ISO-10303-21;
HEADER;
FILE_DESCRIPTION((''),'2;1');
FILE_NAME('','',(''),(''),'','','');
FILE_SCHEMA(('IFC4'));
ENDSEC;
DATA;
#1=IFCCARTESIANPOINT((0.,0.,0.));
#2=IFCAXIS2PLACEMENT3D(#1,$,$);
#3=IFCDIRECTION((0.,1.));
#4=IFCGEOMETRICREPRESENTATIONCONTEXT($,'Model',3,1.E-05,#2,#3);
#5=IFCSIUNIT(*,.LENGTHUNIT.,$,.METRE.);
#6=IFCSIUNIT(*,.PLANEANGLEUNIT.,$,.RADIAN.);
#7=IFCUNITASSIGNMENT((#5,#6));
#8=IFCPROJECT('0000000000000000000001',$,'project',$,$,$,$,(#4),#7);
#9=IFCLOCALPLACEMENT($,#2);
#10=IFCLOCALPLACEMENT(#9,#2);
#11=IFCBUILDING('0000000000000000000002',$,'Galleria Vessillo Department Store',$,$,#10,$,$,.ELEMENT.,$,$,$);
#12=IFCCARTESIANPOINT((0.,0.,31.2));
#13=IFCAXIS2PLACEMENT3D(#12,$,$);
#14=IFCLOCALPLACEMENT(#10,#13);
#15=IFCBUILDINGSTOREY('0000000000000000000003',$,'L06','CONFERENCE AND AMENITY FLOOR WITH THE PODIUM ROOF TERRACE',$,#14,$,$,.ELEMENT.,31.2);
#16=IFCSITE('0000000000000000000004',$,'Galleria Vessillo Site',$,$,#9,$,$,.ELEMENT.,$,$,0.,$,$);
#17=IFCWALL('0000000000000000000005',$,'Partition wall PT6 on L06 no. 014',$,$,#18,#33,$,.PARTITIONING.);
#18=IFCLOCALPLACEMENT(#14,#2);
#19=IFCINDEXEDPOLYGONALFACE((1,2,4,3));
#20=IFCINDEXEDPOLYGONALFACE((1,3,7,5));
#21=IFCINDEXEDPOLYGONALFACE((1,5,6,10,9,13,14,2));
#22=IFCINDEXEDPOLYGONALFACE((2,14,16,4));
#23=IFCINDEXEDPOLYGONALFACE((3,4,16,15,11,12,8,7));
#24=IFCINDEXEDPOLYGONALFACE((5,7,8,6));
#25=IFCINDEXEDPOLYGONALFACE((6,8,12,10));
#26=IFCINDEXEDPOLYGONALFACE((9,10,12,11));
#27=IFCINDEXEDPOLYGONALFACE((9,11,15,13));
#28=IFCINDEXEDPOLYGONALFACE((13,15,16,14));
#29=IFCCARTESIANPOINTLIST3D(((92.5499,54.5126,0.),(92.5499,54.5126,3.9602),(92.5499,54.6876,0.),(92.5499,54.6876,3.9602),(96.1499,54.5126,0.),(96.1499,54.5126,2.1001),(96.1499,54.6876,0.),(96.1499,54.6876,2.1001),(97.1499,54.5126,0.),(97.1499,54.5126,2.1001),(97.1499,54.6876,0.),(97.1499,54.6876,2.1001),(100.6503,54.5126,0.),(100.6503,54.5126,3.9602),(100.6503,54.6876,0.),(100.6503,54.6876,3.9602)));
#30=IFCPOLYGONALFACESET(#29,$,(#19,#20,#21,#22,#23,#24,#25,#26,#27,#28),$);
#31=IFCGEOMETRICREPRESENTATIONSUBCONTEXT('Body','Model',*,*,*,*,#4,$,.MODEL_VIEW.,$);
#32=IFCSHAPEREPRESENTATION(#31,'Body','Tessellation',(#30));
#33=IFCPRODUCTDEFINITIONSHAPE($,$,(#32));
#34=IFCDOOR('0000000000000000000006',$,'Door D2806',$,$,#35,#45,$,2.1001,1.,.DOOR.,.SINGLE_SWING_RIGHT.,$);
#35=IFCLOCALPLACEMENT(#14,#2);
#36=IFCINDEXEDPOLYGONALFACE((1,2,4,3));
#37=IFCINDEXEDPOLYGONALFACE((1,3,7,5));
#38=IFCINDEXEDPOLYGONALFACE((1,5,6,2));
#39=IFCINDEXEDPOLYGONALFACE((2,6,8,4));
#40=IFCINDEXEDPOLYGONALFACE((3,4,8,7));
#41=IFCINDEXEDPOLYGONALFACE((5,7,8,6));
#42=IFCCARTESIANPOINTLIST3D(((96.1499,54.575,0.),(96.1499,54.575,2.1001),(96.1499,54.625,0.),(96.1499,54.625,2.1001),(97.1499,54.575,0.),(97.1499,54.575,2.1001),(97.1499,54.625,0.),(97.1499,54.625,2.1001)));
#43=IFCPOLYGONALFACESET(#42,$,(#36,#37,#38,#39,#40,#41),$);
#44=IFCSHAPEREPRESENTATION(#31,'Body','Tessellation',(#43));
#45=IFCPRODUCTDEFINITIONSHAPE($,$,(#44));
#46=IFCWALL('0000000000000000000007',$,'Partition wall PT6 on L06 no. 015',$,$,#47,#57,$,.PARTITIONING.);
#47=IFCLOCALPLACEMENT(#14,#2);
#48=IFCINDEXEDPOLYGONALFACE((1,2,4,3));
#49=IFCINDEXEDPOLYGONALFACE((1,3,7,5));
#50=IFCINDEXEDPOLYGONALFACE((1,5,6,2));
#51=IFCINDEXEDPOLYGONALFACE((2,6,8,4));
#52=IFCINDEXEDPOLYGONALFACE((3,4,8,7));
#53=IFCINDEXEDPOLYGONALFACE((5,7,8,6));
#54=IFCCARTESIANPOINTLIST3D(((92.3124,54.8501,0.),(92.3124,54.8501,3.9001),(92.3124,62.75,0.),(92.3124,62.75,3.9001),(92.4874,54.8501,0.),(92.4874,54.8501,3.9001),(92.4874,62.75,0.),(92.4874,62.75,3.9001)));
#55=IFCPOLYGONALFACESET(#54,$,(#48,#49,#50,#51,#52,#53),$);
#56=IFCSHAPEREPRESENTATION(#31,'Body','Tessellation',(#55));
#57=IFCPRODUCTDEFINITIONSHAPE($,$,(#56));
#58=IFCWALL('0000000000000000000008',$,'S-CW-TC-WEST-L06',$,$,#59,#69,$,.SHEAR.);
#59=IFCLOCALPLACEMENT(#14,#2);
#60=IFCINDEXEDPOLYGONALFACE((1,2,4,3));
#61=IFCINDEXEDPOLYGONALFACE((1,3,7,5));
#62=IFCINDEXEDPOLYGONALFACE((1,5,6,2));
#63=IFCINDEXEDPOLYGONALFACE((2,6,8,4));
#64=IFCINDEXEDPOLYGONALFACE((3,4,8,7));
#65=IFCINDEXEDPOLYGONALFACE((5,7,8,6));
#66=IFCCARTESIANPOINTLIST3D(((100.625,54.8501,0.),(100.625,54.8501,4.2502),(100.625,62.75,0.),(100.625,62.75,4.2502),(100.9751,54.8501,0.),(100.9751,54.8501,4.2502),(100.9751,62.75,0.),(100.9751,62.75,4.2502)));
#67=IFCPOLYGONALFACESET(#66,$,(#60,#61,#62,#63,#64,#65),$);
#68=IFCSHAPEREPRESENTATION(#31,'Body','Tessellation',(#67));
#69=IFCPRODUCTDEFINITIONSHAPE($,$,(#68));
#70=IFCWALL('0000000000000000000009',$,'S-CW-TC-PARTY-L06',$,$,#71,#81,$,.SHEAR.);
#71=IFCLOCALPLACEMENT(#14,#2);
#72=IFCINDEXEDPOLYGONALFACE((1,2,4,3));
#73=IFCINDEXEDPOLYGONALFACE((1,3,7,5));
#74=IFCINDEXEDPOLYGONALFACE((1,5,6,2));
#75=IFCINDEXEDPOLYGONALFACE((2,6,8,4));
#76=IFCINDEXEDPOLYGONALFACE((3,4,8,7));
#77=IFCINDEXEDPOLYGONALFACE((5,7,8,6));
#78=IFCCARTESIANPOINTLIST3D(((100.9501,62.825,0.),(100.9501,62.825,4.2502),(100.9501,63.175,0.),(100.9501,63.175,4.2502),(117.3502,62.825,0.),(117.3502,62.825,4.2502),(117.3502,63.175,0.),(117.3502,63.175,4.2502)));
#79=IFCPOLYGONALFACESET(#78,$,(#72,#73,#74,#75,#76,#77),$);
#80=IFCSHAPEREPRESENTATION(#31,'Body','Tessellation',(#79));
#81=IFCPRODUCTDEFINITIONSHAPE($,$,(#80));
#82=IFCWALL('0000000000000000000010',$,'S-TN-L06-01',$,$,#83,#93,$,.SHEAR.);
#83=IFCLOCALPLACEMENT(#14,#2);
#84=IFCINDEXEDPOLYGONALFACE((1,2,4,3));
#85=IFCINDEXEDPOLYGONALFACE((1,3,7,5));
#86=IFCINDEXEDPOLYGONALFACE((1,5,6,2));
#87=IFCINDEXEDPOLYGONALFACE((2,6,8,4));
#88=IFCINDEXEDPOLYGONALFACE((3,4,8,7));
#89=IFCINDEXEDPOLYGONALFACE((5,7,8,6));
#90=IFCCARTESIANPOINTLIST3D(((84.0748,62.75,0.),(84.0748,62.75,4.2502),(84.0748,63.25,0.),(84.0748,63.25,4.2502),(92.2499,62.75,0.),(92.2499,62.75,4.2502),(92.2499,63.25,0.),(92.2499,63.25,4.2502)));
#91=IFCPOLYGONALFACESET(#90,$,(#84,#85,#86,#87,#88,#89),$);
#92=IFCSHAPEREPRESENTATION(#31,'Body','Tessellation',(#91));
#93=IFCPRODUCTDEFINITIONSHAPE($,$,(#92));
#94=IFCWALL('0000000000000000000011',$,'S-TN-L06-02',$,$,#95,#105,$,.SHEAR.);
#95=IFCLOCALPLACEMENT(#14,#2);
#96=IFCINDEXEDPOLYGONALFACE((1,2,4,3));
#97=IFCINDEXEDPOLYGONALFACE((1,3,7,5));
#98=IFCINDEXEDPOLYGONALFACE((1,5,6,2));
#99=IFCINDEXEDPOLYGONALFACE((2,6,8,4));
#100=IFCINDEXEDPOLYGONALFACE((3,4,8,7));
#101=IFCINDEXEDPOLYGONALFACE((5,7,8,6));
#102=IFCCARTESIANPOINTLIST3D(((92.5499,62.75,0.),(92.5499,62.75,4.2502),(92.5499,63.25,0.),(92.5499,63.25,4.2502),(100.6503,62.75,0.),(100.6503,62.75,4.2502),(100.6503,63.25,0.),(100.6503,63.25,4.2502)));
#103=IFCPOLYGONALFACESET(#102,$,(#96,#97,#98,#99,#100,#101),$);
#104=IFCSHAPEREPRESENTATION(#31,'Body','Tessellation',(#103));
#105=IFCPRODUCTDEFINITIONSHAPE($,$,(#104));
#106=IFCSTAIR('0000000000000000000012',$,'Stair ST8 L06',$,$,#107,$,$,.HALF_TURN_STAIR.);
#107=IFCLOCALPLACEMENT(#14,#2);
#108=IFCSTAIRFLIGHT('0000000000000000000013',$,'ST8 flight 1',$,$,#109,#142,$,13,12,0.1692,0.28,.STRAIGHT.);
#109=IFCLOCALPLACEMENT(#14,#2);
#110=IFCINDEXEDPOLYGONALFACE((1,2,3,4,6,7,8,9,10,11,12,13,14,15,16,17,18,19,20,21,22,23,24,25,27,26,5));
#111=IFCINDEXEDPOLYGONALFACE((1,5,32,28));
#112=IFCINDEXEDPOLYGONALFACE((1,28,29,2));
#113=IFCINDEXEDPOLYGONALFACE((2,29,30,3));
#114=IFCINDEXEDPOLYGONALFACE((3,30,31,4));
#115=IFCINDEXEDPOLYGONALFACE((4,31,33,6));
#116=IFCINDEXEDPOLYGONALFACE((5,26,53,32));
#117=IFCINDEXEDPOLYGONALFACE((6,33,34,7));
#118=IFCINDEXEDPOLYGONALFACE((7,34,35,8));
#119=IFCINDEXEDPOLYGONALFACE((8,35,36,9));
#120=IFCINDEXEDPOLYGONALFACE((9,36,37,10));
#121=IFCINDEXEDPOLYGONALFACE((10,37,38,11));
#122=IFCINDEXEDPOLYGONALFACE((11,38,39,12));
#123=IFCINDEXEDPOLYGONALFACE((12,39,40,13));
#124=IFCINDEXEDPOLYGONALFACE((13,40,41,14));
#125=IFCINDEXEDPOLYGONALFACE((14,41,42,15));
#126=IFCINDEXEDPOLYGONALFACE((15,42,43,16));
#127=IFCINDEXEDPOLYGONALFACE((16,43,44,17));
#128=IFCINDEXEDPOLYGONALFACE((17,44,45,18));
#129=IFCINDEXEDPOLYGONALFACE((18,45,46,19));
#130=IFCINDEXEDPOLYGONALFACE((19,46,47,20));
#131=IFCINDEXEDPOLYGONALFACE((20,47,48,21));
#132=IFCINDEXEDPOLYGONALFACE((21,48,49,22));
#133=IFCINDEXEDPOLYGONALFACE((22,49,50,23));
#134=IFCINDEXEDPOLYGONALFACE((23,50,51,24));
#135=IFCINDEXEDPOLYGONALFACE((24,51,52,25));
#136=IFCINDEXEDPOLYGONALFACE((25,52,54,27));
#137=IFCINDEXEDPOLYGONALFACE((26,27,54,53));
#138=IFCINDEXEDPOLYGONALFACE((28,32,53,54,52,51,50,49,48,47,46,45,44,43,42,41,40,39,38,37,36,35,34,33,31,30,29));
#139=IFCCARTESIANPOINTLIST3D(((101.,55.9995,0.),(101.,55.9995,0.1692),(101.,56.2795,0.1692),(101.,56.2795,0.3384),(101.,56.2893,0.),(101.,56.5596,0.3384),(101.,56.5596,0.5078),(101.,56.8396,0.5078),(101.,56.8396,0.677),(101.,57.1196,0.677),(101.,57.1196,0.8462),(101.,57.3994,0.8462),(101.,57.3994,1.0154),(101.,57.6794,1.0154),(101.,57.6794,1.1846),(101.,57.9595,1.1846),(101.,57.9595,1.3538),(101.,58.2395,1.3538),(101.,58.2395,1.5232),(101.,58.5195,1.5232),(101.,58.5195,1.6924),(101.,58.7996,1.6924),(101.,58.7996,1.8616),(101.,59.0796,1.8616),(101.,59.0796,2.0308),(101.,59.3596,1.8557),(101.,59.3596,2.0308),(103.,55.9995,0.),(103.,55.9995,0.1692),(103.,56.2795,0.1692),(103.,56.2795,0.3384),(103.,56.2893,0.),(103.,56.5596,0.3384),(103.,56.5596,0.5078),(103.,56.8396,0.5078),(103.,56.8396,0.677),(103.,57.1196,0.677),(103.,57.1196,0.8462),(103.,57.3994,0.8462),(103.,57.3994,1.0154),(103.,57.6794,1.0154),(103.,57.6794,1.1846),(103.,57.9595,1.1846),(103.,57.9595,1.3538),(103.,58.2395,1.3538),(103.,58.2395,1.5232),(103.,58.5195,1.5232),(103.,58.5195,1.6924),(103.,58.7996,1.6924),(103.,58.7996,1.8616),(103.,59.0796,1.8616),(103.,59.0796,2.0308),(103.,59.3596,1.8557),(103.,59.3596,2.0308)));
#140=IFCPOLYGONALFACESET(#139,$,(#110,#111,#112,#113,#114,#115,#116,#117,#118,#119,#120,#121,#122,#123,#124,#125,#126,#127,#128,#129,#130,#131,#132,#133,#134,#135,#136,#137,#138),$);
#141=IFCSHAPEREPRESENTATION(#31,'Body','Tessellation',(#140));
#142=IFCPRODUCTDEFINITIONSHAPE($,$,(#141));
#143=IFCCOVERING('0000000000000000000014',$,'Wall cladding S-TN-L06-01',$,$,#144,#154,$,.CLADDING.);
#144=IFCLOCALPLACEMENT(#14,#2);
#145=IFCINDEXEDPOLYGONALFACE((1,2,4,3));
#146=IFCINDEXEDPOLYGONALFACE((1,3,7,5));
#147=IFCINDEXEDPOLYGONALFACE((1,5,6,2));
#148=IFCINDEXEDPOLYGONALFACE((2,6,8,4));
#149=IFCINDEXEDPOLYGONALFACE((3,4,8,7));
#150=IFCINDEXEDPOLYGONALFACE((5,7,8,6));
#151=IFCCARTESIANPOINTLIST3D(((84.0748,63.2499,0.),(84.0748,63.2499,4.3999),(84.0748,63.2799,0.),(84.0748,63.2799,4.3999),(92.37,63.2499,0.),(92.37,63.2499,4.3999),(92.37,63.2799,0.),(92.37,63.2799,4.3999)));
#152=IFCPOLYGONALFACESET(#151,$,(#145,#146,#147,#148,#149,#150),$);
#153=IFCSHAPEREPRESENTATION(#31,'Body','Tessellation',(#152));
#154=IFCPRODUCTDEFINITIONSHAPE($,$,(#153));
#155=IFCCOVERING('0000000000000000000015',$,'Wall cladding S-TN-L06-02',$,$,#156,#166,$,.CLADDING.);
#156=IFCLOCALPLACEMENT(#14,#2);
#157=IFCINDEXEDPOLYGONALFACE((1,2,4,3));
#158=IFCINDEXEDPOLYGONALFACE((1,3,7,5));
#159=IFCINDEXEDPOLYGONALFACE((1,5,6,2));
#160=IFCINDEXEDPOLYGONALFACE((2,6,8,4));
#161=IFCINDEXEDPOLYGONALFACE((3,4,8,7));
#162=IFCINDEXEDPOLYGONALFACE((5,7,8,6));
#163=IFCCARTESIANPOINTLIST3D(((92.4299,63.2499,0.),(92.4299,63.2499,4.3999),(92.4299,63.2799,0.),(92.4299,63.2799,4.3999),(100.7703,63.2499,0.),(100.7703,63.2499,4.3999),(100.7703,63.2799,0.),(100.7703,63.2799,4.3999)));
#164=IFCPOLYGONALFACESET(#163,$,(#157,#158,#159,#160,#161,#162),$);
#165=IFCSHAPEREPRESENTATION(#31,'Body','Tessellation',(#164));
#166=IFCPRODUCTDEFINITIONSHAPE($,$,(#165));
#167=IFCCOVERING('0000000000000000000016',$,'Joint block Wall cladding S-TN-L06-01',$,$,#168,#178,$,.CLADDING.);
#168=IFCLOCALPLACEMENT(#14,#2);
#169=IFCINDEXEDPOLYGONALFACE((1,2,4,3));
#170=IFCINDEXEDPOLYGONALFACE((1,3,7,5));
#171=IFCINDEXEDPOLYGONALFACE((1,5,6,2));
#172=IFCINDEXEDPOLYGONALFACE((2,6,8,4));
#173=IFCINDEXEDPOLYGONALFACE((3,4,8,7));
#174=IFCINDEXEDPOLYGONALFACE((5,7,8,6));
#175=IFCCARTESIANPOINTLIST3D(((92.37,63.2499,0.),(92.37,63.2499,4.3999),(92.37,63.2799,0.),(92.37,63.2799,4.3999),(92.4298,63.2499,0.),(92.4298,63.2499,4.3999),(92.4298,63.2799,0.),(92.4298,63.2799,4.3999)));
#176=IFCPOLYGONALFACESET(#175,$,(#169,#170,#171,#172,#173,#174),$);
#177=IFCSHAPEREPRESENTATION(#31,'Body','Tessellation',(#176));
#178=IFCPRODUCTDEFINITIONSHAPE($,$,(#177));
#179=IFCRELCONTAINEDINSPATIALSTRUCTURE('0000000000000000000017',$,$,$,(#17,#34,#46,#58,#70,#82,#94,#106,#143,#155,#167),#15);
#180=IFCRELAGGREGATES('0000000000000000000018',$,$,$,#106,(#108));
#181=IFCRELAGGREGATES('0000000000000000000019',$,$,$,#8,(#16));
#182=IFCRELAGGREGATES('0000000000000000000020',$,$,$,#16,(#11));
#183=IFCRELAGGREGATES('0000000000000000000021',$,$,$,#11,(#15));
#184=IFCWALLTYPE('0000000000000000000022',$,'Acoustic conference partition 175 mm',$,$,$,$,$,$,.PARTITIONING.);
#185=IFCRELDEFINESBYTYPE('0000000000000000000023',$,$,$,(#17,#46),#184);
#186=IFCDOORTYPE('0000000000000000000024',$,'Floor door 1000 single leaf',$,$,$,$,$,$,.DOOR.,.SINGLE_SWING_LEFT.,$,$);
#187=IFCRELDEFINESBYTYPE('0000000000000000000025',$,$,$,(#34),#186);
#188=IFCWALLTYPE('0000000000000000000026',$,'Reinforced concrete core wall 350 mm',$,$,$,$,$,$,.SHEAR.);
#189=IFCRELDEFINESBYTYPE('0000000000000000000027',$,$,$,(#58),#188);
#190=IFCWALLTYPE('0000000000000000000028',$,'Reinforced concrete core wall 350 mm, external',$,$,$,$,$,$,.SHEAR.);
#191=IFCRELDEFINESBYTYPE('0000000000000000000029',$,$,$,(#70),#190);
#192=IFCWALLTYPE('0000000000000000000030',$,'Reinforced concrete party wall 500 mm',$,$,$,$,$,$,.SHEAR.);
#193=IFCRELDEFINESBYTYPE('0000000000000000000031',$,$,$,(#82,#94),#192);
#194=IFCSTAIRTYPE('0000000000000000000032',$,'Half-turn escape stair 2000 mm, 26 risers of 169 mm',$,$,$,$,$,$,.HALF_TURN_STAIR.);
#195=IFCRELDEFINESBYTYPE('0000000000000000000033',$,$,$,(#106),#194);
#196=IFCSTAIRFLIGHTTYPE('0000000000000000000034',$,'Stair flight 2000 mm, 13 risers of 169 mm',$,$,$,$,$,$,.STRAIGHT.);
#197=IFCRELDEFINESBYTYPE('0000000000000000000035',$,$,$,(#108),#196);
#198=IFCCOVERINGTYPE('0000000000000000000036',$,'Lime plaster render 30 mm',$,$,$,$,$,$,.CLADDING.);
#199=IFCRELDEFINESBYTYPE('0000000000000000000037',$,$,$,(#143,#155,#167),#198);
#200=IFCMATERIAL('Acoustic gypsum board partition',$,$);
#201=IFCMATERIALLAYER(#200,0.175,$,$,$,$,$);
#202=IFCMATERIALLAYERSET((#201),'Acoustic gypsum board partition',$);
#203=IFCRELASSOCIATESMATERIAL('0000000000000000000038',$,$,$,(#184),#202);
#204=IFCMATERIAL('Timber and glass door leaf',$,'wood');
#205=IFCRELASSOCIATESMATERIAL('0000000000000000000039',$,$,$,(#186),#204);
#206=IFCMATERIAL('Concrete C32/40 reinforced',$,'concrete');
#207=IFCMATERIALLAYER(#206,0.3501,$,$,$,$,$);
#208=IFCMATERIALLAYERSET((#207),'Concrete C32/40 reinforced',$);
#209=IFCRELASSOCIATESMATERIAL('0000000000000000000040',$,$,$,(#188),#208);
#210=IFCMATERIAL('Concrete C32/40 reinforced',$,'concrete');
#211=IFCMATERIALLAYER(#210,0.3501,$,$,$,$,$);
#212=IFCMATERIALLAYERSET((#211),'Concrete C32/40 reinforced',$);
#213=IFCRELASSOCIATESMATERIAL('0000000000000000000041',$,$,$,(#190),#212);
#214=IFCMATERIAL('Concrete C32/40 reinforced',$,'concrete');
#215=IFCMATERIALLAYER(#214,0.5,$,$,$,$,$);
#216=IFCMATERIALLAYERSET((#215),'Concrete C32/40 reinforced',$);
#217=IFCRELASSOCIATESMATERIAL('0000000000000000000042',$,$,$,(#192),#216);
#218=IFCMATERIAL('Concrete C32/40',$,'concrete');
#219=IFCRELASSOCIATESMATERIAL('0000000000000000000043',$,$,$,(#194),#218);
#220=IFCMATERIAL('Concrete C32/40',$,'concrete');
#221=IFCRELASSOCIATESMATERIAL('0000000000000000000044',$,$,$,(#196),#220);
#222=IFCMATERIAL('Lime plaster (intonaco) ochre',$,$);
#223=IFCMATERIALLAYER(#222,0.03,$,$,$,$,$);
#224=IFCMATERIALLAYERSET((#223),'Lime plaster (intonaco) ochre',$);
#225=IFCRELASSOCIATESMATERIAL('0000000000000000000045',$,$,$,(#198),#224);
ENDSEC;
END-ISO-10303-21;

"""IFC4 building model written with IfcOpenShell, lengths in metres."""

from ifc_helpers import new_model, si_unit, direction, frame, frame_2d, origin, origin_2d, place, context, subcontext, project, spatial, polyline, rectangle, outline, extrude, material, layer, layer_set, type_object, element, fill, aggregate, save


model = new_model("IFC4")

# Units and contexts
model_context = context("Model", 3, precision=1e-05, world=origin(), true_north=direction((0.0, 1.0)))
body_context = subcontext(model_context, "Body", "Model", "MODEL_VIEW")
ifc_project = project(units=[si_unit("LENGTHUNIT", "METRE"), si_unit("PLANEANGLEUNIT", "RADIAN")], contexts=[model_context])

# Site, building, storey
site_placement = place(None, origin())
site = spatial("IfcSite", under=ifc_project, at=site_placement, Name="Galleria Vessillo Site", CompositionType="ELEMENT", RefElevation=0.0)
building_placement = place(site_placement, origin())
building = spatial("IfcBuilding", under=site, at=building_placement, Name="Galleria Vessillo Department Store", CompositionType="ELEMENT")
storey_placement = place(building_placement, frame((0.0, 0.0, 31.2)))
storey = spatial("IfcBuildingStorey", under=building, at=storey_placement, Name="L06", Description="CONFERENCE AND AMENITY FLOOR WITH THE PODIUM ROOF TERRACE", CompositionType="ELEMENT", Elevation=31.2)

# Wall, opening, door
ifc_material_1 = material(Name="Acoustic gypsum board partition")
ifc_layer_1 = layer(ifc_material_1, 0.175)
ifc_layer_set_1 = layer_set([ifc_layer_1], Name="Acoustic gypsum board partition")
wall_type_1 = type_object("IfcWallType", Name="Acoustic conference partition 175 mm", PredefinedType="PARTITIONING", material=ifc_layer_set_1)
ifc_material_2 = material(Name="Timber and glass door leaf", Category="wood")
door_type_1 = type_object("IfcDoorType", Name="Floor door 1000 single leaf", OperationType="SINGLE_SWING_LEFT", PredefinedType="DOOR", material=ifc_material_2)
wall_1_placement = place(storey_placement, frame((92.5498, 54.6001, 0.0), z_axis=(0.0, 0.0, 1.0), x_axis=(1.0, 0.0, 0.0)))
wall_1 = element("IfcWall", 1, at=wall_1_placement, inside=storey, type_object=wall_type_1, Name="Partition wall PT6 on L06 no. 014", PredefinedType="PARTITIONING", context=body_context, shape_type="SweptSolid", body=[
    extrude(rectangle(XDim=8.1003, YDim=0.175, at=frame_2d((4.0503, 0.0))), origin(), (0.0, 0.0, 1.0), 3.9602),
])
opening_1_placement = place(wall_1_placement, frame((3.6001, 0.0, 0.0)))
opening_1 = element("IfcOpeningElement", 2, at=opening_1_placement, cuts=wall_1, PredefinedType="OPENING", context=body_context, shape_type="SweptSolid", body=[
    extrude(rectangle(XDim=1.0, YDim=2.1001, at=frame_2d((0.5, 1.05))), frame((0.0, 0.0977, 0.0), z_axis=(0.0, -1.0, 0.0), x_axis=(1.0, 0.0, 0.0)), (0.0, 0.0, 1.0), 0.1951),
])
door_1_placement = place(opening_1_placement, origin())
door_1 = element("IfcDoor", 3, at=door_1_placement, inside=storey, type_object=door_type_1, Name="Door D2806", OperationType="SINGLE_SWING_RIGHT", OverallHeight=2.1001, OverallWidth=1.0, PredefinedType="DOOR", context=body_context, shape_type="SweptSolid", body=[
    extrude(rectangle(XDim=1.0, YDim=2.1001, at=frame_2d((0.5, 1.05))), frame((0.0, 0.0249, 0.0), z_axis=(0.0, -1.0, 0.0), x_axis=(1.0, 0.0, 0.0)), (0.0, 0.0, 1.0), 0.05),
])
fill(opening_1, door_1)

# Wall
wall_2_placement = place(storey_placement, frame((92.3999, 54.8501, 0.0), z_axis=(0.0, 0.0, 1.0), x_axis=(0.0, 1.0, 0.0)))
element("IfcWall", 4, at=wall_2_placement, inside=storey, type_object=wall_type_1, Name="Partition wall PT6 on L06 no. 015", PredefinedType="PARTITIONING", context=body_context, shape_type="SweptSolid", body=[
    extrude(rectangle(XDim=7.8999, YDim=0.175, at=frame_2d((3.95, 0.0))), origin(), (0.0, 0.0, 1.0), 3.9001),
])

# Shared definitions
ifc_material_3 = material(Name="Concrete C32/40 reinforced", Category="concrete")
ifc_layer_2 = layer(ifc_material_3, 0.3501)
ifc_layer_set_2 = layer_set([ifc_layer_2], Name="Concrete C32/40 reinforced")
wall_type_2 = type_object("IfcWallType", Name="Reinforced concrete core wall 350 mm", PredefinedType="SHEAR", material=ifc_layer_set_2)

# Walls
wall_3_placement = place(storey_placement, frame((100.8, 54.8501, 0.0), z_axis=(0.0, 0.0, 1.0), x_axis=(0.0, 1.0, 0.0)))
element("IfcWall", 5, at=wall_3_placement, inside=storey, type_object=wall_type_2, Name="S-CW-TC-WEST-L06", PredefinedType="SHEAR", context=body_context, shape_type="SweptSolid", body=[
    extrude(rectangle(XDim=7.8999, YDim=0.3501, at=frame_2d((3.95, 0.0))), origin(), (0.0, 0.0, 1.0), 4.2502),
])
ifc_material_4 = material(Name="Concrete C32/40 reinforced", Category="concrete")
ifc_layer_3 = layer(ifc_material_4, 0.3501)
ifc_layer_set_3 = layer_set([ifc_layer_3], Name="Concrete C32/40 reinforced")
wall_type_3 = type_object("IfcWallType", Name="Reinforced concrete core wall 350 mm, external", PredefinedType="SHEAR", material=ifc_layer_set_3)
wall_4_placement = place(storey_placement, frame((100.95, 63.0, 0.0), z_axis=(0.0, 0.0, 1.0), x_axis=(1.0, 0.0, 0.0)))
element("IfcWall", 6, at=wall_4_placement, inside=storey, type_object=wall_type_3, Name="S-CW-TC-PARTY-L06", PredefinedType="SHEAR", context=body_context, shape_type="SweptSolid", body=[
    extrude(rectangle(XDim=16.4001, YDim=0.3501, at=frame_2d((8.2002, 0.0))), origin(), (0.0, 0.0, 1.0), 4.2502),
])
ifc_material_5 = material(Name="Concrete C32/40 reinforced", Category="concrete")
ifc_layer_4 = layer(ifc_material_5, 0.5)
ifc_layer_set_4 = layer_set([ifc_layer_4], Name="Concrete C32/40 reinforced")
wall_type_4 = type_object("IfcWallType", Name="Reinforced concrete party wall 500 mm", PredefinedType="SHEAR", material=ifc_layer_set_4)
wall_5_placement = place(storey_placement, frame((84.075, 63.0, 0.0), z_axis=(0.0, 0.0, 1.0), x_axis=(1.0, 0.0, 0.0)))
element("IfcWall", 7, at=wall_5_placement, inside=storey, type_object=wall_type_4, Name="S-TN-L06-01", PredefinedType="SHEAR", context=body_context, shape_type="SweptSolid", body=[
    extrude(rectangle(XDim=8.175, YDim=0.5, at=frame_2d((4.0874, 0.0))), origin(), (0.0, 0.0, 1.0), 4.2502),
])
wall_6_placement = place(storey_placement, frame((92.5498, 63.0, 0.0), z_axis=(0.0, 0.0, 1.0), x_axis=(1.0, 0.0, 0.0)))
element("IfcWall", 8, at=wall_6_placement, inside=storey, type_object=wall_type_4, Name="S-TN-L06-02", PredefinedType="SHEAR", context=body_context, shape_type="SweptSolid", body=[
    extrude(rectangle(XDim=8.1003, YDim=0.5, at=frame_2d((4.0503, 0.0))), origin(), (0.0, 0.0, 1.0), 4.2502),
])

# Stair, stair flight
ifc_material_6 = material(Name="Concrete C32/40", Category="concrete")
stair_type = type_object("IfcStairType", Name="Half-turn escape stair 2000 mm, 26 risers of 169 mm", PredefinedType="HALF_TURN_STAIR", material=ifc_material_6)
stair_placement = place(storey_placement, origin())
stair = element("IfcStair", 9, at=stair_placement, inside=storey, type_object=stair_type, Name="Stair ST8 L06", PredefinedType="HALF_TURN_STAIR")
ifc_material_7 = material(Name="Concrete C32/40", Category="concrete")
stair_flight_type = type_object("IfcStairFlightType", Name="Stair flight 2000 mm, 13 risers of 169 mm", PredefinedType="STRAIGHT", material=ifc_material_7)
stair_flight_placement = place(storey_placement, frame((102.0, 55.9995, 0.0), z_axis=(0.0, 0.0, 1.0), x_axis=(0.0, 1.0, 0.0)))
stair_flight = element("IfcStairFlight", 10, at=stair_flight_placement, type_object=stair_flight_type, Name="ST8 flight 1", NumberOfRisers=13, NumberOfTreads=12, PredefinedType="STRAIGHT", RiserHeight=0.1692, TreadLength=0.28, context=body_context, shape_type="SweptSolid", body=[
    extrude(outline(polyline([(0.0, 0.0), (0.0, 0.1692), (0.28, 0.1692), (0.28, 0.3384), (0.5601, 0.3384), (0.5601, 0.5078), (0.8401, 0.5078), (0.8401, 0.677), (1.1201, 0.677), (1.1201, 0.8462), (1.3999, 0.8462), (1.3999, 1.0154), (1.6799, 1.0154), (1.6799, 1.1846), (1.96, 1.1846), (1.96, 1.3538), (2.24, 1.3538), (2.24, 1.5232), (2.52, 1.5232), (2.52, 1.6924), (2.8, 1.6924), (2.8, 1.8616), (3.0801, 1.8616), (3.0801, 2.0308), (3.3601, 2.0308), (3.3601, 2.2), (3.3601, 1.8557), (0.2898, 0.0), (0.0, 0.0)])), frame((0.0, 1.0, 0.0), z_axis=(0.0, -1.0, 0.0), x_axis=(1.0, 0.0, 0.0)), (0.0, 0.0, 1.0), 2.0),
])
aggregate(stair, [stair_flight])

# Coverings
ifc_material_8 = material(Name="Lime plaster (intonaco) ochre")
ifc_layer_5 = layer(ifc_material_8, 0.03)
ifc_layer_set_5 = layer_set([ifc_layer_5], Name="Lime plaster (intonaco) ochre")
covering_type = type_object("IfcCoveringType", Name="Lime plaster render 30 mm", PredefinedType="CLADDING", material=ifc_layer_set_5)
covering_1_placement = place(storey_placement, frame((88.2224, 63.2649, 0.0), z_axis=(0.0, 0.0, 1.0), x_axis=(1.0, 0.0, 0.0)))
element("IfcCovering", 11, at=covering_1_placement, inside=storey, type_object=covering_type, Name="Wall cladding S-TN-L06-01", PredefinedType="CLADDING", context=body_context, shape_type="SweptSolid", body=[
    extrude(rectangle(XDim=8.2952, YDim=0.03, at=origin_2d()), origin(), (0.0, 0.0, 1.0), 4.3999),
])
covering_2_placement = place(storey_placement, frame((96.6001, 63.2649, 0.0), z_axis=(0.0, 0.0, 1.0), x_axis=(1.0, 0.0, 0.0)))
element("IfcCovering", 12, at=covering_2_placement, inside=storey, type_object=covering_type, Name="Wall cladding S-TN-L06-02", PredefinedType="CLADDING", context=body_context, shape_type="SweptSolid", body=[
    extrude(rectangle(XDim=8.3403, YDim=0.03, at=origin_2d()), origin(), (0.0, 0.0, 1.0), 4.3999),
])
covering_3_placement = place(storey_placement, frame((92.3999, 63.2649, 0.0), z_axis=(0.0, 0.0, 1.0), x_axis=(1.0, 0.0, 0.0)))
element("IfcCovering", 13, at=covering_3_placement, inside=storey, type_object=covering_type, Name="Joint block Wall cladding S-TN-L06-01", PredefinedType="CLADDING", context=body_context, shape_type="SweptSolid", body=[
    extrude(rectangle(XDim=0.0598, YDim=0.03, at=origin_2d()), origin(), (0.0, 0.0, 1.0), 4.3999),
])

save(model, "model.ifc")
